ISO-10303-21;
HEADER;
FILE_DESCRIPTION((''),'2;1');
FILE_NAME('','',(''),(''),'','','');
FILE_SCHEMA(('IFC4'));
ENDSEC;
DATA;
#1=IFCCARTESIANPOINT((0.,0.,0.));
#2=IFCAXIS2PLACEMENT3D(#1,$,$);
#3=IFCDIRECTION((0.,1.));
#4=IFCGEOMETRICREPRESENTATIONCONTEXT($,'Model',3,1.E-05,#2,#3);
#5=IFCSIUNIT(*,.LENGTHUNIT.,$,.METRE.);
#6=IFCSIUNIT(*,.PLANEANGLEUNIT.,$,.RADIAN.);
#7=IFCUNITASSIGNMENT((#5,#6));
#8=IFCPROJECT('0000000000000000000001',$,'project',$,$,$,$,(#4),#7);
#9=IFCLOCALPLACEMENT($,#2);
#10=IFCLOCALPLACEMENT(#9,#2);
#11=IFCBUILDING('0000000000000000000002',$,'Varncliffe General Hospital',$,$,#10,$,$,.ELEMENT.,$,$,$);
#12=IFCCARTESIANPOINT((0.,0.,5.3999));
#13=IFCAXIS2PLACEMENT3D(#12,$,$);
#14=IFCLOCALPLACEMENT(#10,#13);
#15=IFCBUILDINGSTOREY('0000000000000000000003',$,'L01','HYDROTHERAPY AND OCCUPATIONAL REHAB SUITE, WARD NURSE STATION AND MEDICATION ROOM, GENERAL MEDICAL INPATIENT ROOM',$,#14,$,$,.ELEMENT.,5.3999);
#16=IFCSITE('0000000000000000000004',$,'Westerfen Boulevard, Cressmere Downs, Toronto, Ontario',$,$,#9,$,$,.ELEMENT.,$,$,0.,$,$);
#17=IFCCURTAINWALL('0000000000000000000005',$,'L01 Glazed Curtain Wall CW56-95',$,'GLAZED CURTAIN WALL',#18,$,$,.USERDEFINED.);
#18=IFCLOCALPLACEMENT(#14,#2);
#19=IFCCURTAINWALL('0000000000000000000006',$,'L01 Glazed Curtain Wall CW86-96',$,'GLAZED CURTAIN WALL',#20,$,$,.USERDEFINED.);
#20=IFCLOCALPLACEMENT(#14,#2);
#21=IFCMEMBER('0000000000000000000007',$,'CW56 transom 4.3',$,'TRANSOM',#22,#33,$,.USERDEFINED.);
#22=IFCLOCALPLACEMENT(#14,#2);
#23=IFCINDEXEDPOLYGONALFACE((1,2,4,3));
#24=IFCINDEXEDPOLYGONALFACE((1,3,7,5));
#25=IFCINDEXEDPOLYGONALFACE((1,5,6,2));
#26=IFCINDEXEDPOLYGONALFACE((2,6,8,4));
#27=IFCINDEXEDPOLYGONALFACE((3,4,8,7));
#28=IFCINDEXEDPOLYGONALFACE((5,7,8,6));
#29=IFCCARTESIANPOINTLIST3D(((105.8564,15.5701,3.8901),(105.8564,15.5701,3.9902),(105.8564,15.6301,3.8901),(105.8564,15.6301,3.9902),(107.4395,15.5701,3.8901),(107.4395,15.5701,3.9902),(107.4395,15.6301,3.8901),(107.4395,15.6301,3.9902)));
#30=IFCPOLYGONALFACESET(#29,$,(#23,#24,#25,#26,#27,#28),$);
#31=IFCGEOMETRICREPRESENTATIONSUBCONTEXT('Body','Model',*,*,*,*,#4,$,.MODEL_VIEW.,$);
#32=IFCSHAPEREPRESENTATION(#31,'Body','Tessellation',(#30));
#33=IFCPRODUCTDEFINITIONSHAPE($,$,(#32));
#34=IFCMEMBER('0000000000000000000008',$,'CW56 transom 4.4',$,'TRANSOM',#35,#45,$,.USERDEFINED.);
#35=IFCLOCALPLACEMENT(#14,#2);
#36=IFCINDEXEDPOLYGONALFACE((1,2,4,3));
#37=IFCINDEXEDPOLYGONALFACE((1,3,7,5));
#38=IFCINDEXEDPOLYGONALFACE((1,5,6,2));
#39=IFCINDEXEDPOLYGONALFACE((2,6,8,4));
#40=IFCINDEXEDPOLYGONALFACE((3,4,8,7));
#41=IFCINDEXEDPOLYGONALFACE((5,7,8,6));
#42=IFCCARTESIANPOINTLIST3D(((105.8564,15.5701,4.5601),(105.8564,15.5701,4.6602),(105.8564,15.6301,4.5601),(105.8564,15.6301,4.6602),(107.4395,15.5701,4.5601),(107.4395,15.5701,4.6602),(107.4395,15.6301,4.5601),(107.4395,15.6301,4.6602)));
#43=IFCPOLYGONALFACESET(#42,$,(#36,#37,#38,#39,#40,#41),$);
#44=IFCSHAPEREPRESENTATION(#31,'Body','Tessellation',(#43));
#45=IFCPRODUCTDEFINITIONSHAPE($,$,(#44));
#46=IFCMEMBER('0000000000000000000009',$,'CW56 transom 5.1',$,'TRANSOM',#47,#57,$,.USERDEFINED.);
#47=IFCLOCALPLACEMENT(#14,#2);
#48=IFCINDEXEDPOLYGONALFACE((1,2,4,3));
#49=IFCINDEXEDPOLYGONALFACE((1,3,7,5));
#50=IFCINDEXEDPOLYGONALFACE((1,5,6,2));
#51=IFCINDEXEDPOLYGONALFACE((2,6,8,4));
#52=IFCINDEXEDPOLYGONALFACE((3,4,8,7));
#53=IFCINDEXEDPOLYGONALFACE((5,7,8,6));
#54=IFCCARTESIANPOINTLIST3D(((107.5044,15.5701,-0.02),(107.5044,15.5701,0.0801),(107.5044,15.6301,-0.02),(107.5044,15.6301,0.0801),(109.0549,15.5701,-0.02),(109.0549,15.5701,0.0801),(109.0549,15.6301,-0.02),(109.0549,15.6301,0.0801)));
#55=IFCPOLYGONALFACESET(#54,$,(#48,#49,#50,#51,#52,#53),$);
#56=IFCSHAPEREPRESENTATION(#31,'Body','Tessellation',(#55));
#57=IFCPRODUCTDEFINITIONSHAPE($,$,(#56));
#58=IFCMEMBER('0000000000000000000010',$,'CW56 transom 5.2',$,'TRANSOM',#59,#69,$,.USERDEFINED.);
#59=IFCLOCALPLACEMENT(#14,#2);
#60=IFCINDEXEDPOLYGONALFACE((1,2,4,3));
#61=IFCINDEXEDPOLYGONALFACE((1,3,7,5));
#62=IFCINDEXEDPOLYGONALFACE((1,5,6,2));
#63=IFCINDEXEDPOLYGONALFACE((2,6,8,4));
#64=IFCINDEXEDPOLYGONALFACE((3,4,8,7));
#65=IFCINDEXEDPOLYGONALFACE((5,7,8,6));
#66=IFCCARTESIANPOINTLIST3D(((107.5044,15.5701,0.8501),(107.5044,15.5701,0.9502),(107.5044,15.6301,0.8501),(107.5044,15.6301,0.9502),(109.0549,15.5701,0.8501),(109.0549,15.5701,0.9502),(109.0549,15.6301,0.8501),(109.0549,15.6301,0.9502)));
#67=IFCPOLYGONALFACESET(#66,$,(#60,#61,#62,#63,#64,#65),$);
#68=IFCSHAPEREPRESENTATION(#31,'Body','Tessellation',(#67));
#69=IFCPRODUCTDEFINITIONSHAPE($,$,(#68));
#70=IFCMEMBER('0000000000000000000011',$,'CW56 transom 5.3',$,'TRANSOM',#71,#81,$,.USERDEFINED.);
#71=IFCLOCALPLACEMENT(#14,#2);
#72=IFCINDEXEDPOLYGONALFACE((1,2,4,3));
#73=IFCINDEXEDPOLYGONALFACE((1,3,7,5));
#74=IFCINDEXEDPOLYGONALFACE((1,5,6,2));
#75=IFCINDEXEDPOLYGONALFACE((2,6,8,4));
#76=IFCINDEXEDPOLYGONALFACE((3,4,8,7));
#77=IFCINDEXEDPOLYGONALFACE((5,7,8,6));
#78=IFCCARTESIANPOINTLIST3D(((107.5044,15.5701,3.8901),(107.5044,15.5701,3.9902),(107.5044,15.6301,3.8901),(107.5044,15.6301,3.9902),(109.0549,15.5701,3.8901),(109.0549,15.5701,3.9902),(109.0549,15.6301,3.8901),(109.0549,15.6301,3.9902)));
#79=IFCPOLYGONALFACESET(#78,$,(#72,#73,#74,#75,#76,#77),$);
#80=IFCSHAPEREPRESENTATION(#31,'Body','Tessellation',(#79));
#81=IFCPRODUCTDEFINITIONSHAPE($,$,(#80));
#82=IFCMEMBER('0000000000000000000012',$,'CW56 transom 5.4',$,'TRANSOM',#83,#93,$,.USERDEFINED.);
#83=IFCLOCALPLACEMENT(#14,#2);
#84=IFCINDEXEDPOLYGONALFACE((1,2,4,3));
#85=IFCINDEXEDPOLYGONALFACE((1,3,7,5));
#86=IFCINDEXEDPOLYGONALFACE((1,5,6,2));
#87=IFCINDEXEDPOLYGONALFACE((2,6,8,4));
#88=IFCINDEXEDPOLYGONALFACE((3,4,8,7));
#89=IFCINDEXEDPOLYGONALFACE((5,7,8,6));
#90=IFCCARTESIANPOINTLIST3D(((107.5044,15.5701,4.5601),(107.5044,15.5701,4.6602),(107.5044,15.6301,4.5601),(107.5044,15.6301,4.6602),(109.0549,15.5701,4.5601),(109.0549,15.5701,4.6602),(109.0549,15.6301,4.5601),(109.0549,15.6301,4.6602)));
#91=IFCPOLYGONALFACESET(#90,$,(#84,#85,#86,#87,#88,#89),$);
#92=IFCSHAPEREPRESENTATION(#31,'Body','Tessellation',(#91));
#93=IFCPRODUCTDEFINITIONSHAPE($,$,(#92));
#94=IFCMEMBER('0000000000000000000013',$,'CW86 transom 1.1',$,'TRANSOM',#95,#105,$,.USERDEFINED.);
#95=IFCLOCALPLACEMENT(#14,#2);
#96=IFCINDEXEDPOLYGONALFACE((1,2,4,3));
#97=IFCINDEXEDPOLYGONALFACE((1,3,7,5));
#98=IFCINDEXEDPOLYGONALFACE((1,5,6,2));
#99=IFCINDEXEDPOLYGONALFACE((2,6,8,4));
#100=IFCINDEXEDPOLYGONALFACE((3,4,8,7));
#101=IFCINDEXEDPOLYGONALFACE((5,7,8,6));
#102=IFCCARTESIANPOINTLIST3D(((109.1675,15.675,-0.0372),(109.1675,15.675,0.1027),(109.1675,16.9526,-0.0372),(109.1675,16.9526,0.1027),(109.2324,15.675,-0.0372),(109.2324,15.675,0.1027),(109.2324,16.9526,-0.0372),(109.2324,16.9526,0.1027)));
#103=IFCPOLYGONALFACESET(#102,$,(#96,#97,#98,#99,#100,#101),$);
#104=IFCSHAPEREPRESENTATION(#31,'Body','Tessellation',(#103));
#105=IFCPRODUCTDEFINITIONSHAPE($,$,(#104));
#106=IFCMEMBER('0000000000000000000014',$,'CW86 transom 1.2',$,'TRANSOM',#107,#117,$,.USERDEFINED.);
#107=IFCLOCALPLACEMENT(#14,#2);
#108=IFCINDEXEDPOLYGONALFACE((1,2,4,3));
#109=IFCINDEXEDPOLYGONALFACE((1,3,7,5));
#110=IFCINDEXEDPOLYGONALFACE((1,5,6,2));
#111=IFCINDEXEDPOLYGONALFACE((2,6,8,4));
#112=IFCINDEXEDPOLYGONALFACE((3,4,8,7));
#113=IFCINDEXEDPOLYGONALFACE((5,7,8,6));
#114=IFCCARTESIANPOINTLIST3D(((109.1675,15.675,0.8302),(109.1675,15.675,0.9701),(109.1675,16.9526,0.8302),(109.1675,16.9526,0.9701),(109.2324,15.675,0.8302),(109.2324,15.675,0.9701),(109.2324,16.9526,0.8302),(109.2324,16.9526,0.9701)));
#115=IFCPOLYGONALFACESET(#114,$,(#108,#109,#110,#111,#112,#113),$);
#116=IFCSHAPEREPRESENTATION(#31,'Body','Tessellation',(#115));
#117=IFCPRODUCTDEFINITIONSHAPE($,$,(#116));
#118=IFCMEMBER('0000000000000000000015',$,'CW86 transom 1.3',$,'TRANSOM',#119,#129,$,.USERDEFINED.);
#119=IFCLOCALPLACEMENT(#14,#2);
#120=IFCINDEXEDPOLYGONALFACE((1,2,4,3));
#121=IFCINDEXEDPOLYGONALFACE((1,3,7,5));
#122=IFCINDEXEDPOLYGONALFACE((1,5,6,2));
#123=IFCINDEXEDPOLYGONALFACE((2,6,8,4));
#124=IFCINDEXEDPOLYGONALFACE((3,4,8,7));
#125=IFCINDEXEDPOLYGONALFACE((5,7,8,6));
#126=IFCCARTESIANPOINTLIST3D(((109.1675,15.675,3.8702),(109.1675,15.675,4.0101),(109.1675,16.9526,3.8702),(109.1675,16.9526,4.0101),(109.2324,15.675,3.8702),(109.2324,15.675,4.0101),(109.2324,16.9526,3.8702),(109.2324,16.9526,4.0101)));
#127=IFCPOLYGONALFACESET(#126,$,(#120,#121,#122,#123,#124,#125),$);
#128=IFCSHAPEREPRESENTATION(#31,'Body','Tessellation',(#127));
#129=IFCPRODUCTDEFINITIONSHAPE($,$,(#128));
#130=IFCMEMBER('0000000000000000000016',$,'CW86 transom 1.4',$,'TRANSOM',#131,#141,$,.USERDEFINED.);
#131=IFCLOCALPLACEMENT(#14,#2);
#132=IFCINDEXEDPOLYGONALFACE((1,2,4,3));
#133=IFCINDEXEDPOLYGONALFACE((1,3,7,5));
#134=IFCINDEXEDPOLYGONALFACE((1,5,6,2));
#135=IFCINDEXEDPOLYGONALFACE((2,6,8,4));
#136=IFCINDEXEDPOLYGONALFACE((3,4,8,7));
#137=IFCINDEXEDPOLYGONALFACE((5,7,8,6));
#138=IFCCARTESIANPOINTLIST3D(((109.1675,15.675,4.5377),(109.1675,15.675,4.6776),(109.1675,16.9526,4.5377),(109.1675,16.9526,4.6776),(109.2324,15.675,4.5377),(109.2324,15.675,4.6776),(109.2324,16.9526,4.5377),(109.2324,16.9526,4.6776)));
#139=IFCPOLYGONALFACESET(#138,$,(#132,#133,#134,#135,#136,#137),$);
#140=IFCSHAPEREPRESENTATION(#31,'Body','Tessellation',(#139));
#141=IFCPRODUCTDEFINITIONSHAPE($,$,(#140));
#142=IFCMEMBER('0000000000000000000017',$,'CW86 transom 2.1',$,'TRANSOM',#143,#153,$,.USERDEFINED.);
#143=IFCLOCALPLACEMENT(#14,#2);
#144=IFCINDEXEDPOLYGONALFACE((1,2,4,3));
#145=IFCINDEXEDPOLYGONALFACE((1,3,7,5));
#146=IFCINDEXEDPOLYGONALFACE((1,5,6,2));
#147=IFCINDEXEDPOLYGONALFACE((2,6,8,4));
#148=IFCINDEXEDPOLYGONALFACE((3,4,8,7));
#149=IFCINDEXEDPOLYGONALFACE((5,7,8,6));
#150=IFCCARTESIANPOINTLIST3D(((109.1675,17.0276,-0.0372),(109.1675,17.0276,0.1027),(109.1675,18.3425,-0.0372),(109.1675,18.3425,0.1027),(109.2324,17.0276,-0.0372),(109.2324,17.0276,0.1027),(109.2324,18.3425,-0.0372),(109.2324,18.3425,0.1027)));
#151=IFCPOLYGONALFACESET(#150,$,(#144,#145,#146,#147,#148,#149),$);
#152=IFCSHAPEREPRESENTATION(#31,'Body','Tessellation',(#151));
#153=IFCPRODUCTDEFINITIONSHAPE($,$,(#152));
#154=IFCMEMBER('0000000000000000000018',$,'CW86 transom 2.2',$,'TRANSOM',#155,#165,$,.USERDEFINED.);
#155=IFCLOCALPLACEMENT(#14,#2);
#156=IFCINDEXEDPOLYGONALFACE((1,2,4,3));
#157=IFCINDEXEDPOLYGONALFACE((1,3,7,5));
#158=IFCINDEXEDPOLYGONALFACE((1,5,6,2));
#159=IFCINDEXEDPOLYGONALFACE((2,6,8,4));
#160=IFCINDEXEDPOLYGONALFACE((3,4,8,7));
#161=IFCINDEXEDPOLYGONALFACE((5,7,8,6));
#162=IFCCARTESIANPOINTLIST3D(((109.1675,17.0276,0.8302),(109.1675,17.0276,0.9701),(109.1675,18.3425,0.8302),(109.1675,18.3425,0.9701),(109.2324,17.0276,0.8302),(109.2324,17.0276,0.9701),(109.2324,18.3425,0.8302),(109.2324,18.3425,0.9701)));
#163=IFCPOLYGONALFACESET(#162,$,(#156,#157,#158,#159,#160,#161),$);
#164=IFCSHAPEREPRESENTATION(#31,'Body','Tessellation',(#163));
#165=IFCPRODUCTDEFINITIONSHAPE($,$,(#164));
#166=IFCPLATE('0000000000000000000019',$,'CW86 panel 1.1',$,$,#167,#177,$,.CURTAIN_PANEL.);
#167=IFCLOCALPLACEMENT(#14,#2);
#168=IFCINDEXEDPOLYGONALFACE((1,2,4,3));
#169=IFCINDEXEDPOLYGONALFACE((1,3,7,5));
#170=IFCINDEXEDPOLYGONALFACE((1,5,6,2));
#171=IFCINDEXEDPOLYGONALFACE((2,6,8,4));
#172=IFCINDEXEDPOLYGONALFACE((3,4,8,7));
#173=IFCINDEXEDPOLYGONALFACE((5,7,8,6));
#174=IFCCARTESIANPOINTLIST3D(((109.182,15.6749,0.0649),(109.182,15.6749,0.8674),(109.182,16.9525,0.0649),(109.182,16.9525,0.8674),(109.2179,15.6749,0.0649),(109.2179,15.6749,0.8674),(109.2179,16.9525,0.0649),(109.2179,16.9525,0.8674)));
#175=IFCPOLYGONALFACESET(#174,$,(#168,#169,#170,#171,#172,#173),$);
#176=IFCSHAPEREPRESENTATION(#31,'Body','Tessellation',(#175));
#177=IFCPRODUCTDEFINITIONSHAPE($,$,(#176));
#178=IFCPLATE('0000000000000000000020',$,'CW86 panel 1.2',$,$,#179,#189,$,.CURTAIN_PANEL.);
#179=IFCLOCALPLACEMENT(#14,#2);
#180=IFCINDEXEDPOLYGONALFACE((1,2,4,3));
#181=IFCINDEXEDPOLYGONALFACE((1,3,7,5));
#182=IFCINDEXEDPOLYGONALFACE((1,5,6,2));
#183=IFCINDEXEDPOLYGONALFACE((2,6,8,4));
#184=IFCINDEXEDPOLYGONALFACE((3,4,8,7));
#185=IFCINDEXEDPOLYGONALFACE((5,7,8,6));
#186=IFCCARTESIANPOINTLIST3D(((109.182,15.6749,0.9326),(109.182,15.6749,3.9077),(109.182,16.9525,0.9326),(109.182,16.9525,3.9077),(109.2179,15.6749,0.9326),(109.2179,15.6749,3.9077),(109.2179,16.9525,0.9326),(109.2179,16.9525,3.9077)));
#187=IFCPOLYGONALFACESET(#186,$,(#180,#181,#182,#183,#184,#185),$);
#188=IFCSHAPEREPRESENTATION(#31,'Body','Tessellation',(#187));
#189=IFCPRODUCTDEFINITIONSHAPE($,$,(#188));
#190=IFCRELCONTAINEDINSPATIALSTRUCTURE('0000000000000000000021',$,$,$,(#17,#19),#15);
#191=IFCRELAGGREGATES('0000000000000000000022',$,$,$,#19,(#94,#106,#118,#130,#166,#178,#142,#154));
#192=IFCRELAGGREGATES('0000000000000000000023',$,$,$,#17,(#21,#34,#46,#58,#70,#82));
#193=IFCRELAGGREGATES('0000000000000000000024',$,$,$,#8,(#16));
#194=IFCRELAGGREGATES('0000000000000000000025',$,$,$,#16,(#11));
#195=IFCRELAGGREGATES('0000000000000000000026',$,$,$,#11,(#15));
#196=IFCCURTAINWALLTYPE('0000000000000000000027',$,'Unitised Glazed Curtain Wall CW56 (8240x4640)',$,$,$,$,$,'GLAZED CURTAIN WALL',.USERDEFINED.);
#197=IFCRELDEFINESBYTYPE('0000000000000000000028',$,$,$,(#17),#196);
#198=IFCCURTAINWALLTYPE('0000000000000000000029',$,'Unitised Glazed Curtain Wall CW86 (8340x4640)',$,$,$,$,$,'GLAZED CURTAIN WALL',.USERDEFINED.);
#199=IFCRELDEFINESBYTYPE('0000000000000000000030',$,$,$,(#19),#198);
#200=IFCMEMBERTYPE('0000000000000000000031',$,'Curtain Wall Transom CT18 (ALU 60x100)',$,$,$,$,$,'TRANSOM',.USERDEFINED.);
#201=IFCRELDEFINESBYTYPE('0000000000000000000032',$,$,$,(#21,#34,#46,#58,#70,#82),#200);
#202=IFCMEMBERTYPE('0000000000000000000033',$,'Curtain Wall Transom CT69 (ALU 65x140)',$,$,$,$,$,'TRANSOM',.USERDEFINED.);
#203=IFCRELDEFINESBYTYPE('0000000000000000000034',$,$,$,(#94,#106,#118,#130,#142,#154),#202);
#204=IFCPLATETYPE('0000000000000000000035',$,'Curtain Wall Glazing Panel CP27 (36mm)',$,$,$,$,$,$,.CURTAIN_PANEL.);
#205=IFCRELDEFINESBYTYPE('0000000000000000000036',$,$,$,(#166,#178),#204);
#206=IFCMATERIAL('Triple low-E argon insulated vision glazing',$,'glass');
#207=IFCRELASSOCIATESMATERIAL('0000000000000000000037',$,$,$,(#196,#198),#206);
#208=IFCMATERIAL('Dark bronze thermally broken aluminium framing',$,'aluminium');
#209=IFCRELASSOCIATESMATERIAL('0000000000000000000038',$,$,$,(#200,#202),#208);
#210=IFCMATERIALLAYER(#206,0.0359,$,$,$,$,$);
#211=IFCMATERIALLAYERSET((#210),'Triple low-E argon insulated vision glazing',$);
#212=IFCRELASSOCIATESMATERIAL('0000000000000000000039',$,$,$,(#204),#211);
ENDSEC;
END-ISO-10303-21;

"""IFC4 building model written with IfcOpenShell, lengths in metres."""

from ifc_helpers import new_model, si_unit, direction, frame, origin, origin_2d, place, context, subcontext, project, spatial, rectangle, extrude, material, layer, layer_set, material_profile, profile_set, type_object, element, aggregate, save


model = new_model("IFC4")

# Units and contexts
model_context = context("Model", 3, precision=1e-05, world=origin(), true_north=direction((0.0, 1.0)))
body_context = subcontext(model_context, "Body", "Model", "MODEL_VIEW")
ifc_project = project(units=[si_unit("LENGTHUNIT", "METRE"), si_unit("PLANEANGLEUNIT", "RADIAN")], contexts=[model_context])

# Site, building, storey
site_placement = place(None, origin())
site = spatial("IfcSite", under=ifc_project, at=site_placement, Name="Westerfen Boulevard, Cressmere Downs, Toronto, Ontario", CompositionType="ELEMENT", RefElevation=0.0)
building_placement = place(site_placement, origin())
building = spatial("IfcBuilding", under=site, at=building_placement, Name="Varncliffe General Hospital", CompositionType="ELEMENT")
storey_placement = place(building_placement, frame((0.0, 0.0, 5.3999)))
storey = spatial("IfcBuildingStorey", under=building, at=storey_placement, Name="L01", Description="HYDROTHERAPY AND OCCUPATIONAL REHAB SUITE, WARD NURSE STATION AND MEDICATION ROOM, GENERAL MEDICAL INPATIENT ROOM", CompositionType="ELEMENT", Elevation=5.3999)

# Curtain walls
ifc_material_1 = material(Name="Triple low-E argon insulated vision glazing", Category="glass")
curtain_wall_type_1 = type_object("IfcCurtainWallType", Name="Unitised Glazed Curtain Wall CW56 (8240x4640)", ElementType="GLAZED CURTAIN WALL", PredefinedType="USERDEFINED", material=ifc_material_1)
curtain_wall_1_placement = place(storey_placement, origin())
curtain_wall_1 = element("IfcCurtainWall", 1, at=curtain_wall_1_placement, inside=storey, type_object=curtain_wall_type_1, Name="L01 Glazed Curtain Wall CW56-95", ObjectType="GLAZED CURTAIN WALL", PredefinedType="USERDEFINED")
ifc_material_2 = material(Name="Dark bronze thermally broken aluminium framing", Category="aluminium")
curtain_wall_type_2 = type_object("IfcCurtainWallType", Name="Unitised Glazed Curtain Wall CW86 (8340x4640)", ElementType="GLAZED CURTAIN WALL", PredefinedType="USERDEFINED", material=ifc_material_1)
curtain_wall_2_placement = place(storey_placement, origin())
curtain_wall_2 = element("IfcCurtainWall", 2, at=curtain_wall_2_placement, inside=storey, type_object=curtain_wall_type_2, Name="L01 Glazed Curtain Wall CW86-96", ObjectType="GLAZED CURTAIN WALL", PredefinedType="USERDEFINED")

# Members
ifc_material_profile_1 = material_profile(ifc_material_2, rectangle(XDim=0.0601, YDim=0.1001, at=origin_2d()), Name="ALU 60x100")
ifc_profile_set_1 = profile_set([ifc_material_profile_1], Name="Dark bronze thermally broken aluminium framing")
member_type_1 = type_object("IfcMemberType", Name="Curtain Wall Transom CT18 (ALU 60x100)", ElementType="TRANSOM", PredefinedType="USERDEFINED", material=ifc_profile_set_1)
member_1_placement = place(storey_placement, frame((105.8564, 15.6001, 3.9402), z_axis=(1.0, 0.0, 0.0), x_axis=(0.0, 1.0, 0.0)))
member_1 = element("IfcMember", 3, at=member_1_placement, type_object=member_type_1, Name="CW56 transom 4.3", ObjectType="TRANSOM", PredefinedType="USERDEFINED", context=body_context, shape_type="SweptSolid", body=[
    extrude(rectangle(XDim=0.0601, YDim=0.1001, at=origin_2d()), origin(), (0.0, 0.0, 1.0), 1.583),
])
member_2_placement = place(storey_placement, frame((105.8564, 15.6001, 4.6101), z_axis=(1.0, 0.0, 0.0), x_axis=(0.0, 1.0, 0.0)))
member_2 = element("IfcMember", 4, at=member_2_placement, type_object=member_type_1, Name="CW56 transom 4.4", ObjectType="TRANSOM", PredefinedType="USERDEFINED", context=body_context, shape_type="SweptSolid", body=[
    extrude(rectangle(XDim=0.0601, YDim=0.1001, at=origin_2d()), origin(), (0.0, 0.0, 1.0), 1.583),
])
member_3_placement = place(storey_placement, frame((107.5044, 15.6001, 0.03), z_axis=(1.0, 0.0, 0.0), x_axis=(0.0, 1.0, 0.0)))
member_3 = element("IfcMember", 5, at=member_3_placement, type_object=member_type_1, Name="CW56 transom 5.1", ObjectType="TRANSOM", PredefinedType="USERDEFINED", context=body_context, shape_type="SweptSolid", body=[
    extrude(rectangle(XDim=0.0601, YDim=0.1001, at=origin_2d()), origin(), (0.0, 0.0, 1.0), 1.5505),
])
member_4_placement = place(storey_placement, frame((107.5044, 15.6001, 0.9001), z_axis=(1.0, 0.0, 0.0), x_axis=(0.0, 1.0, 0.0)))
member_4 = element("IfcMember", 6, at=member_4_placement, type_object=member_type_1, Name="CW56 transom 5.2", ObjectType="TRANSOM", PredefinedType="USERDEFINED", context=body_context, shape_type="SweptSolid", body=[
    extrude(rectangle(XDim=0.0601, YDim=0.1001, at=origin_2d()), origin(), (0.0, 0.0, 1.0), 1.5505),
])
member_5_placement = place(storey_placement, frame((107.5044, 15.6001, 3.9402), z_axis=(1.0, 0.0, 0.0), x_axis=(0.0, 1.0, 0.0)))
member_5 = element("IfcMember", 7, at=member_5_placement, type_object=member_type_1, Name="CW56 transom 5.3", ObjectType="TRANSOM", PredefinedType="USERDEFINED", context=body_context, shape_type="SweptSolid", body=[
    extrude(rectangle(XDim=0.0601, YDim=0.1001, at=origin_2d()), origin(), (0.0, 0.0, 1.0), 1.5505),
])
member_6_placement = place(storey_placement, frame((107.5044, 15.6001, 4.6101), z_axis=(1.0, 0.0, 0.0), x_axis=(0.0, 1.0, 0.0)))
member_6 = element("IfcMember", 8, at=member_6_placement, type_object=member_type_1, Name="CW56 transom 5.4", ObjectType="TRANSOM", PredefinedType="USERDEFINED", context=body_context, shape_type="SweptSolid", body=[
    extrude(rectangle(XDim=0.0601, YDim=0.1001, at=origin_2d()), origin(), (0.0, 0.0, 1.0), 1.5505),
])
ifc_material_profile_2 = material_profile(ifc_material_2, rectangle(XDim=0.0649, YDim=0.1399, at=origin_2d()), Name="ALU 65x140")
ifc_profile_set_2 = profile_set([ifc_material_profile_2], Name="Dark bronze thermally broken aluminium framing")
member_type_2 = type_object("IfcMemberType", Name="Curtain Wall Transom CT69 (ALU 65x140)", ElementType="TRANSOM", PredefinedType="USERDEFINED", material=ifc_profile_set_2)
member_7_placement = place(storey_placement, frame((109.2, 15.675, 0.0327), z_axis=(0.0, 1.0, 0.0), x_axis=(-1.0, 0.0, 0.0)))
member_7 = element("IfcMember", 9, at=member_7_placement, type_object=member_type_2, Name="CW86 transom 1.1", ObjectType="TRANSOM", PredefinedType="USERDEFINED", context=body_context, shape_type="SweptSolid", body=[
    extrude(rectangle(XDim=0.0649, YDim=0.1399, at=origin_2d()), origin(), (0.0, 0.0, 1.0), 1.2776),
])
member_8_placement = place(storey_placement, frame((109.2, 15.675, 0.9001), z_axis=(0.0, 1.0, 0.0), x_axis=(-1.0, 0.0, 0.0)))
member_8 = element("IfcMember", 10, at=member_8_placement, type_object=member_type_2, Name="CW86 transom 1.2", ObjectType="TRANSOM", PredefinedType="USERDEFINED", context=body_context, shape_type="SweptSolid", body=[
    extrude(rectangle(XDim=0.0649, YDim=0.1399, at=origin_2d()), origin(), (0.0, 0.0, 1.0), 1.2776),
])
member_9_placement = place(storey_placement, frame((109.2, 15.675, 3.9402), z_axis=(0.0, 1.0, 0.0), x_axis=(-1.0, 0.0, 0.0)))
member_9 = element("IfcMember", 11, at=member_9_placement, type_object=member_type_2, Name="CW86 transom 1.3", ObjectType="TRANSOM", PredefinedType="USERDEFINED", context=body_context, shape_type="SweptSolid", body=[
    extrude(rectangle(XDim=0.0649, YDim=0.1399, at=origin_2d()), origin(), (0.0, 0.0, 1.0), 1.2776),
])
member_10_placement = place(storey_placement, frame((109.2, 15.675, 4.6077), z_axis=(0.0, 1.0, 0.0), x_axis=(-1.0, 0.0, 0.0)))
member_10 = element("IfcMember", 12, at=member_10_placement, type_object=member_type_2, Name="CW86 transom 1.4", ObjectType="TRANSOM", PredefinedType="USERDEFINED", context=body_context, shape_type="SweptSolid", body=[
    extrude(rectangle(XDim=0.0649, YDim=0.1399, at=origin_2d()), origin(), (0.0, 0.0, 1.0), 1.2776),
])
member_11_placement = place(storey_placement, frame((109.2, 17.0276, 0.0327), z_axis=(0.0, 1.0, 0.0), x_axis=(-1.0, 0.0, 0.0)))
member_11 = element("IfcMember", 13, at=member_11_placement, type_object=member_type_2, Name="CW86 transom 2.1", ObjectType="TRANSOM", PredefinedType="USERDEFINED", context=body_context, shape_type="SweptSolid", body=[
    extrude(rectangle(XDim=0.0649, YDim=0.1399, at=origin_2d()), origin(), (0.0, 0.0, 1.0), 1.3149),
])
member_12_placement = place(storey_placement, frame((109.2, 17.0276, 0.9001), z_axis=(0.0, 1.0, 0.0), x_axis=(-1.0, 0.0, 0.0)))
member_12 = element("IfcMember", 14, at=member_12_placement, type_object=member_type_2, Name="CW86 transom 2.2", ObjectType="TRANSOM", PredefinedType="USERDEFINED", context=body_context, shape_type="SweptSolid", body=[
    extrude(rectangle(XDim=0.0649, YDim=0.1399, at=origin_2d()), origin(), (0.0, 0.0, 1.0), 1.3149),
])

# Plates
ifc_layer_1 = layer(ifc_material_1, 0.0359)
ifc_layer_set_1 = layer_set([ifc_layer_1], Name="Triple low-E argon insulated vision glazing")
plate_type_1 = type_object("IfcPlateType", Name="Curtain Wall Glazing Panel CP27 (36mm)", PredefinedType="CURTAIN_PANEL", material=ifc_layer_set_1)
plate_1_placement = place(storey_placement, frame((109.2, 16.3137, 0.0649), z_axis=(0.0, 0.0, 1.0), x_axis=(0.0, 1.0, 0.0)))
plate_1 = element("IfcPlate", 15, at=plate_1_placement, type_object=plate_type_1, Name="CW86 panel 1.1", PredefinedType="CURTAIN_PANEL", context=body_context, shape_type="SweptSolid", body=[
    extrude(rectangle(XDim=1.2776, YDim=0.0359, at=origin_2d()), origin(), (0.0, 0.0, 1.0), 0.8025),
])
plate_2_placement = place(storey_placement, frame((109.2, 16.3137, 0.9326), z_axis=(0.0, 0.0, 1.0), x_axis=(0.0, 1.0, 0.0)))
plate_2 = element("IfcPlate", 16, at=plate_2_placement, type_object=plate_type_1, Name="CW86 panel 1.2", PredefinedType="CURTAIN_PANEL", context=body_context, shape_type="SweptSolid", body=[
    extrude(rectangle(XDim=1.2776, YDim=0.0359, at=origin_2d()), origin(), (0.0, 0.0, 1.0), 2.9751),
])
aggregate(curtain_wall_2, [member_7, member_8, member_9, member_10, plate_1, plate_2, member_11, member_12])
aggregate(curtain_wall_1, [member_1, member_2, member_3, member_4, member_5, member_6])

save(model, "model.ifc")
